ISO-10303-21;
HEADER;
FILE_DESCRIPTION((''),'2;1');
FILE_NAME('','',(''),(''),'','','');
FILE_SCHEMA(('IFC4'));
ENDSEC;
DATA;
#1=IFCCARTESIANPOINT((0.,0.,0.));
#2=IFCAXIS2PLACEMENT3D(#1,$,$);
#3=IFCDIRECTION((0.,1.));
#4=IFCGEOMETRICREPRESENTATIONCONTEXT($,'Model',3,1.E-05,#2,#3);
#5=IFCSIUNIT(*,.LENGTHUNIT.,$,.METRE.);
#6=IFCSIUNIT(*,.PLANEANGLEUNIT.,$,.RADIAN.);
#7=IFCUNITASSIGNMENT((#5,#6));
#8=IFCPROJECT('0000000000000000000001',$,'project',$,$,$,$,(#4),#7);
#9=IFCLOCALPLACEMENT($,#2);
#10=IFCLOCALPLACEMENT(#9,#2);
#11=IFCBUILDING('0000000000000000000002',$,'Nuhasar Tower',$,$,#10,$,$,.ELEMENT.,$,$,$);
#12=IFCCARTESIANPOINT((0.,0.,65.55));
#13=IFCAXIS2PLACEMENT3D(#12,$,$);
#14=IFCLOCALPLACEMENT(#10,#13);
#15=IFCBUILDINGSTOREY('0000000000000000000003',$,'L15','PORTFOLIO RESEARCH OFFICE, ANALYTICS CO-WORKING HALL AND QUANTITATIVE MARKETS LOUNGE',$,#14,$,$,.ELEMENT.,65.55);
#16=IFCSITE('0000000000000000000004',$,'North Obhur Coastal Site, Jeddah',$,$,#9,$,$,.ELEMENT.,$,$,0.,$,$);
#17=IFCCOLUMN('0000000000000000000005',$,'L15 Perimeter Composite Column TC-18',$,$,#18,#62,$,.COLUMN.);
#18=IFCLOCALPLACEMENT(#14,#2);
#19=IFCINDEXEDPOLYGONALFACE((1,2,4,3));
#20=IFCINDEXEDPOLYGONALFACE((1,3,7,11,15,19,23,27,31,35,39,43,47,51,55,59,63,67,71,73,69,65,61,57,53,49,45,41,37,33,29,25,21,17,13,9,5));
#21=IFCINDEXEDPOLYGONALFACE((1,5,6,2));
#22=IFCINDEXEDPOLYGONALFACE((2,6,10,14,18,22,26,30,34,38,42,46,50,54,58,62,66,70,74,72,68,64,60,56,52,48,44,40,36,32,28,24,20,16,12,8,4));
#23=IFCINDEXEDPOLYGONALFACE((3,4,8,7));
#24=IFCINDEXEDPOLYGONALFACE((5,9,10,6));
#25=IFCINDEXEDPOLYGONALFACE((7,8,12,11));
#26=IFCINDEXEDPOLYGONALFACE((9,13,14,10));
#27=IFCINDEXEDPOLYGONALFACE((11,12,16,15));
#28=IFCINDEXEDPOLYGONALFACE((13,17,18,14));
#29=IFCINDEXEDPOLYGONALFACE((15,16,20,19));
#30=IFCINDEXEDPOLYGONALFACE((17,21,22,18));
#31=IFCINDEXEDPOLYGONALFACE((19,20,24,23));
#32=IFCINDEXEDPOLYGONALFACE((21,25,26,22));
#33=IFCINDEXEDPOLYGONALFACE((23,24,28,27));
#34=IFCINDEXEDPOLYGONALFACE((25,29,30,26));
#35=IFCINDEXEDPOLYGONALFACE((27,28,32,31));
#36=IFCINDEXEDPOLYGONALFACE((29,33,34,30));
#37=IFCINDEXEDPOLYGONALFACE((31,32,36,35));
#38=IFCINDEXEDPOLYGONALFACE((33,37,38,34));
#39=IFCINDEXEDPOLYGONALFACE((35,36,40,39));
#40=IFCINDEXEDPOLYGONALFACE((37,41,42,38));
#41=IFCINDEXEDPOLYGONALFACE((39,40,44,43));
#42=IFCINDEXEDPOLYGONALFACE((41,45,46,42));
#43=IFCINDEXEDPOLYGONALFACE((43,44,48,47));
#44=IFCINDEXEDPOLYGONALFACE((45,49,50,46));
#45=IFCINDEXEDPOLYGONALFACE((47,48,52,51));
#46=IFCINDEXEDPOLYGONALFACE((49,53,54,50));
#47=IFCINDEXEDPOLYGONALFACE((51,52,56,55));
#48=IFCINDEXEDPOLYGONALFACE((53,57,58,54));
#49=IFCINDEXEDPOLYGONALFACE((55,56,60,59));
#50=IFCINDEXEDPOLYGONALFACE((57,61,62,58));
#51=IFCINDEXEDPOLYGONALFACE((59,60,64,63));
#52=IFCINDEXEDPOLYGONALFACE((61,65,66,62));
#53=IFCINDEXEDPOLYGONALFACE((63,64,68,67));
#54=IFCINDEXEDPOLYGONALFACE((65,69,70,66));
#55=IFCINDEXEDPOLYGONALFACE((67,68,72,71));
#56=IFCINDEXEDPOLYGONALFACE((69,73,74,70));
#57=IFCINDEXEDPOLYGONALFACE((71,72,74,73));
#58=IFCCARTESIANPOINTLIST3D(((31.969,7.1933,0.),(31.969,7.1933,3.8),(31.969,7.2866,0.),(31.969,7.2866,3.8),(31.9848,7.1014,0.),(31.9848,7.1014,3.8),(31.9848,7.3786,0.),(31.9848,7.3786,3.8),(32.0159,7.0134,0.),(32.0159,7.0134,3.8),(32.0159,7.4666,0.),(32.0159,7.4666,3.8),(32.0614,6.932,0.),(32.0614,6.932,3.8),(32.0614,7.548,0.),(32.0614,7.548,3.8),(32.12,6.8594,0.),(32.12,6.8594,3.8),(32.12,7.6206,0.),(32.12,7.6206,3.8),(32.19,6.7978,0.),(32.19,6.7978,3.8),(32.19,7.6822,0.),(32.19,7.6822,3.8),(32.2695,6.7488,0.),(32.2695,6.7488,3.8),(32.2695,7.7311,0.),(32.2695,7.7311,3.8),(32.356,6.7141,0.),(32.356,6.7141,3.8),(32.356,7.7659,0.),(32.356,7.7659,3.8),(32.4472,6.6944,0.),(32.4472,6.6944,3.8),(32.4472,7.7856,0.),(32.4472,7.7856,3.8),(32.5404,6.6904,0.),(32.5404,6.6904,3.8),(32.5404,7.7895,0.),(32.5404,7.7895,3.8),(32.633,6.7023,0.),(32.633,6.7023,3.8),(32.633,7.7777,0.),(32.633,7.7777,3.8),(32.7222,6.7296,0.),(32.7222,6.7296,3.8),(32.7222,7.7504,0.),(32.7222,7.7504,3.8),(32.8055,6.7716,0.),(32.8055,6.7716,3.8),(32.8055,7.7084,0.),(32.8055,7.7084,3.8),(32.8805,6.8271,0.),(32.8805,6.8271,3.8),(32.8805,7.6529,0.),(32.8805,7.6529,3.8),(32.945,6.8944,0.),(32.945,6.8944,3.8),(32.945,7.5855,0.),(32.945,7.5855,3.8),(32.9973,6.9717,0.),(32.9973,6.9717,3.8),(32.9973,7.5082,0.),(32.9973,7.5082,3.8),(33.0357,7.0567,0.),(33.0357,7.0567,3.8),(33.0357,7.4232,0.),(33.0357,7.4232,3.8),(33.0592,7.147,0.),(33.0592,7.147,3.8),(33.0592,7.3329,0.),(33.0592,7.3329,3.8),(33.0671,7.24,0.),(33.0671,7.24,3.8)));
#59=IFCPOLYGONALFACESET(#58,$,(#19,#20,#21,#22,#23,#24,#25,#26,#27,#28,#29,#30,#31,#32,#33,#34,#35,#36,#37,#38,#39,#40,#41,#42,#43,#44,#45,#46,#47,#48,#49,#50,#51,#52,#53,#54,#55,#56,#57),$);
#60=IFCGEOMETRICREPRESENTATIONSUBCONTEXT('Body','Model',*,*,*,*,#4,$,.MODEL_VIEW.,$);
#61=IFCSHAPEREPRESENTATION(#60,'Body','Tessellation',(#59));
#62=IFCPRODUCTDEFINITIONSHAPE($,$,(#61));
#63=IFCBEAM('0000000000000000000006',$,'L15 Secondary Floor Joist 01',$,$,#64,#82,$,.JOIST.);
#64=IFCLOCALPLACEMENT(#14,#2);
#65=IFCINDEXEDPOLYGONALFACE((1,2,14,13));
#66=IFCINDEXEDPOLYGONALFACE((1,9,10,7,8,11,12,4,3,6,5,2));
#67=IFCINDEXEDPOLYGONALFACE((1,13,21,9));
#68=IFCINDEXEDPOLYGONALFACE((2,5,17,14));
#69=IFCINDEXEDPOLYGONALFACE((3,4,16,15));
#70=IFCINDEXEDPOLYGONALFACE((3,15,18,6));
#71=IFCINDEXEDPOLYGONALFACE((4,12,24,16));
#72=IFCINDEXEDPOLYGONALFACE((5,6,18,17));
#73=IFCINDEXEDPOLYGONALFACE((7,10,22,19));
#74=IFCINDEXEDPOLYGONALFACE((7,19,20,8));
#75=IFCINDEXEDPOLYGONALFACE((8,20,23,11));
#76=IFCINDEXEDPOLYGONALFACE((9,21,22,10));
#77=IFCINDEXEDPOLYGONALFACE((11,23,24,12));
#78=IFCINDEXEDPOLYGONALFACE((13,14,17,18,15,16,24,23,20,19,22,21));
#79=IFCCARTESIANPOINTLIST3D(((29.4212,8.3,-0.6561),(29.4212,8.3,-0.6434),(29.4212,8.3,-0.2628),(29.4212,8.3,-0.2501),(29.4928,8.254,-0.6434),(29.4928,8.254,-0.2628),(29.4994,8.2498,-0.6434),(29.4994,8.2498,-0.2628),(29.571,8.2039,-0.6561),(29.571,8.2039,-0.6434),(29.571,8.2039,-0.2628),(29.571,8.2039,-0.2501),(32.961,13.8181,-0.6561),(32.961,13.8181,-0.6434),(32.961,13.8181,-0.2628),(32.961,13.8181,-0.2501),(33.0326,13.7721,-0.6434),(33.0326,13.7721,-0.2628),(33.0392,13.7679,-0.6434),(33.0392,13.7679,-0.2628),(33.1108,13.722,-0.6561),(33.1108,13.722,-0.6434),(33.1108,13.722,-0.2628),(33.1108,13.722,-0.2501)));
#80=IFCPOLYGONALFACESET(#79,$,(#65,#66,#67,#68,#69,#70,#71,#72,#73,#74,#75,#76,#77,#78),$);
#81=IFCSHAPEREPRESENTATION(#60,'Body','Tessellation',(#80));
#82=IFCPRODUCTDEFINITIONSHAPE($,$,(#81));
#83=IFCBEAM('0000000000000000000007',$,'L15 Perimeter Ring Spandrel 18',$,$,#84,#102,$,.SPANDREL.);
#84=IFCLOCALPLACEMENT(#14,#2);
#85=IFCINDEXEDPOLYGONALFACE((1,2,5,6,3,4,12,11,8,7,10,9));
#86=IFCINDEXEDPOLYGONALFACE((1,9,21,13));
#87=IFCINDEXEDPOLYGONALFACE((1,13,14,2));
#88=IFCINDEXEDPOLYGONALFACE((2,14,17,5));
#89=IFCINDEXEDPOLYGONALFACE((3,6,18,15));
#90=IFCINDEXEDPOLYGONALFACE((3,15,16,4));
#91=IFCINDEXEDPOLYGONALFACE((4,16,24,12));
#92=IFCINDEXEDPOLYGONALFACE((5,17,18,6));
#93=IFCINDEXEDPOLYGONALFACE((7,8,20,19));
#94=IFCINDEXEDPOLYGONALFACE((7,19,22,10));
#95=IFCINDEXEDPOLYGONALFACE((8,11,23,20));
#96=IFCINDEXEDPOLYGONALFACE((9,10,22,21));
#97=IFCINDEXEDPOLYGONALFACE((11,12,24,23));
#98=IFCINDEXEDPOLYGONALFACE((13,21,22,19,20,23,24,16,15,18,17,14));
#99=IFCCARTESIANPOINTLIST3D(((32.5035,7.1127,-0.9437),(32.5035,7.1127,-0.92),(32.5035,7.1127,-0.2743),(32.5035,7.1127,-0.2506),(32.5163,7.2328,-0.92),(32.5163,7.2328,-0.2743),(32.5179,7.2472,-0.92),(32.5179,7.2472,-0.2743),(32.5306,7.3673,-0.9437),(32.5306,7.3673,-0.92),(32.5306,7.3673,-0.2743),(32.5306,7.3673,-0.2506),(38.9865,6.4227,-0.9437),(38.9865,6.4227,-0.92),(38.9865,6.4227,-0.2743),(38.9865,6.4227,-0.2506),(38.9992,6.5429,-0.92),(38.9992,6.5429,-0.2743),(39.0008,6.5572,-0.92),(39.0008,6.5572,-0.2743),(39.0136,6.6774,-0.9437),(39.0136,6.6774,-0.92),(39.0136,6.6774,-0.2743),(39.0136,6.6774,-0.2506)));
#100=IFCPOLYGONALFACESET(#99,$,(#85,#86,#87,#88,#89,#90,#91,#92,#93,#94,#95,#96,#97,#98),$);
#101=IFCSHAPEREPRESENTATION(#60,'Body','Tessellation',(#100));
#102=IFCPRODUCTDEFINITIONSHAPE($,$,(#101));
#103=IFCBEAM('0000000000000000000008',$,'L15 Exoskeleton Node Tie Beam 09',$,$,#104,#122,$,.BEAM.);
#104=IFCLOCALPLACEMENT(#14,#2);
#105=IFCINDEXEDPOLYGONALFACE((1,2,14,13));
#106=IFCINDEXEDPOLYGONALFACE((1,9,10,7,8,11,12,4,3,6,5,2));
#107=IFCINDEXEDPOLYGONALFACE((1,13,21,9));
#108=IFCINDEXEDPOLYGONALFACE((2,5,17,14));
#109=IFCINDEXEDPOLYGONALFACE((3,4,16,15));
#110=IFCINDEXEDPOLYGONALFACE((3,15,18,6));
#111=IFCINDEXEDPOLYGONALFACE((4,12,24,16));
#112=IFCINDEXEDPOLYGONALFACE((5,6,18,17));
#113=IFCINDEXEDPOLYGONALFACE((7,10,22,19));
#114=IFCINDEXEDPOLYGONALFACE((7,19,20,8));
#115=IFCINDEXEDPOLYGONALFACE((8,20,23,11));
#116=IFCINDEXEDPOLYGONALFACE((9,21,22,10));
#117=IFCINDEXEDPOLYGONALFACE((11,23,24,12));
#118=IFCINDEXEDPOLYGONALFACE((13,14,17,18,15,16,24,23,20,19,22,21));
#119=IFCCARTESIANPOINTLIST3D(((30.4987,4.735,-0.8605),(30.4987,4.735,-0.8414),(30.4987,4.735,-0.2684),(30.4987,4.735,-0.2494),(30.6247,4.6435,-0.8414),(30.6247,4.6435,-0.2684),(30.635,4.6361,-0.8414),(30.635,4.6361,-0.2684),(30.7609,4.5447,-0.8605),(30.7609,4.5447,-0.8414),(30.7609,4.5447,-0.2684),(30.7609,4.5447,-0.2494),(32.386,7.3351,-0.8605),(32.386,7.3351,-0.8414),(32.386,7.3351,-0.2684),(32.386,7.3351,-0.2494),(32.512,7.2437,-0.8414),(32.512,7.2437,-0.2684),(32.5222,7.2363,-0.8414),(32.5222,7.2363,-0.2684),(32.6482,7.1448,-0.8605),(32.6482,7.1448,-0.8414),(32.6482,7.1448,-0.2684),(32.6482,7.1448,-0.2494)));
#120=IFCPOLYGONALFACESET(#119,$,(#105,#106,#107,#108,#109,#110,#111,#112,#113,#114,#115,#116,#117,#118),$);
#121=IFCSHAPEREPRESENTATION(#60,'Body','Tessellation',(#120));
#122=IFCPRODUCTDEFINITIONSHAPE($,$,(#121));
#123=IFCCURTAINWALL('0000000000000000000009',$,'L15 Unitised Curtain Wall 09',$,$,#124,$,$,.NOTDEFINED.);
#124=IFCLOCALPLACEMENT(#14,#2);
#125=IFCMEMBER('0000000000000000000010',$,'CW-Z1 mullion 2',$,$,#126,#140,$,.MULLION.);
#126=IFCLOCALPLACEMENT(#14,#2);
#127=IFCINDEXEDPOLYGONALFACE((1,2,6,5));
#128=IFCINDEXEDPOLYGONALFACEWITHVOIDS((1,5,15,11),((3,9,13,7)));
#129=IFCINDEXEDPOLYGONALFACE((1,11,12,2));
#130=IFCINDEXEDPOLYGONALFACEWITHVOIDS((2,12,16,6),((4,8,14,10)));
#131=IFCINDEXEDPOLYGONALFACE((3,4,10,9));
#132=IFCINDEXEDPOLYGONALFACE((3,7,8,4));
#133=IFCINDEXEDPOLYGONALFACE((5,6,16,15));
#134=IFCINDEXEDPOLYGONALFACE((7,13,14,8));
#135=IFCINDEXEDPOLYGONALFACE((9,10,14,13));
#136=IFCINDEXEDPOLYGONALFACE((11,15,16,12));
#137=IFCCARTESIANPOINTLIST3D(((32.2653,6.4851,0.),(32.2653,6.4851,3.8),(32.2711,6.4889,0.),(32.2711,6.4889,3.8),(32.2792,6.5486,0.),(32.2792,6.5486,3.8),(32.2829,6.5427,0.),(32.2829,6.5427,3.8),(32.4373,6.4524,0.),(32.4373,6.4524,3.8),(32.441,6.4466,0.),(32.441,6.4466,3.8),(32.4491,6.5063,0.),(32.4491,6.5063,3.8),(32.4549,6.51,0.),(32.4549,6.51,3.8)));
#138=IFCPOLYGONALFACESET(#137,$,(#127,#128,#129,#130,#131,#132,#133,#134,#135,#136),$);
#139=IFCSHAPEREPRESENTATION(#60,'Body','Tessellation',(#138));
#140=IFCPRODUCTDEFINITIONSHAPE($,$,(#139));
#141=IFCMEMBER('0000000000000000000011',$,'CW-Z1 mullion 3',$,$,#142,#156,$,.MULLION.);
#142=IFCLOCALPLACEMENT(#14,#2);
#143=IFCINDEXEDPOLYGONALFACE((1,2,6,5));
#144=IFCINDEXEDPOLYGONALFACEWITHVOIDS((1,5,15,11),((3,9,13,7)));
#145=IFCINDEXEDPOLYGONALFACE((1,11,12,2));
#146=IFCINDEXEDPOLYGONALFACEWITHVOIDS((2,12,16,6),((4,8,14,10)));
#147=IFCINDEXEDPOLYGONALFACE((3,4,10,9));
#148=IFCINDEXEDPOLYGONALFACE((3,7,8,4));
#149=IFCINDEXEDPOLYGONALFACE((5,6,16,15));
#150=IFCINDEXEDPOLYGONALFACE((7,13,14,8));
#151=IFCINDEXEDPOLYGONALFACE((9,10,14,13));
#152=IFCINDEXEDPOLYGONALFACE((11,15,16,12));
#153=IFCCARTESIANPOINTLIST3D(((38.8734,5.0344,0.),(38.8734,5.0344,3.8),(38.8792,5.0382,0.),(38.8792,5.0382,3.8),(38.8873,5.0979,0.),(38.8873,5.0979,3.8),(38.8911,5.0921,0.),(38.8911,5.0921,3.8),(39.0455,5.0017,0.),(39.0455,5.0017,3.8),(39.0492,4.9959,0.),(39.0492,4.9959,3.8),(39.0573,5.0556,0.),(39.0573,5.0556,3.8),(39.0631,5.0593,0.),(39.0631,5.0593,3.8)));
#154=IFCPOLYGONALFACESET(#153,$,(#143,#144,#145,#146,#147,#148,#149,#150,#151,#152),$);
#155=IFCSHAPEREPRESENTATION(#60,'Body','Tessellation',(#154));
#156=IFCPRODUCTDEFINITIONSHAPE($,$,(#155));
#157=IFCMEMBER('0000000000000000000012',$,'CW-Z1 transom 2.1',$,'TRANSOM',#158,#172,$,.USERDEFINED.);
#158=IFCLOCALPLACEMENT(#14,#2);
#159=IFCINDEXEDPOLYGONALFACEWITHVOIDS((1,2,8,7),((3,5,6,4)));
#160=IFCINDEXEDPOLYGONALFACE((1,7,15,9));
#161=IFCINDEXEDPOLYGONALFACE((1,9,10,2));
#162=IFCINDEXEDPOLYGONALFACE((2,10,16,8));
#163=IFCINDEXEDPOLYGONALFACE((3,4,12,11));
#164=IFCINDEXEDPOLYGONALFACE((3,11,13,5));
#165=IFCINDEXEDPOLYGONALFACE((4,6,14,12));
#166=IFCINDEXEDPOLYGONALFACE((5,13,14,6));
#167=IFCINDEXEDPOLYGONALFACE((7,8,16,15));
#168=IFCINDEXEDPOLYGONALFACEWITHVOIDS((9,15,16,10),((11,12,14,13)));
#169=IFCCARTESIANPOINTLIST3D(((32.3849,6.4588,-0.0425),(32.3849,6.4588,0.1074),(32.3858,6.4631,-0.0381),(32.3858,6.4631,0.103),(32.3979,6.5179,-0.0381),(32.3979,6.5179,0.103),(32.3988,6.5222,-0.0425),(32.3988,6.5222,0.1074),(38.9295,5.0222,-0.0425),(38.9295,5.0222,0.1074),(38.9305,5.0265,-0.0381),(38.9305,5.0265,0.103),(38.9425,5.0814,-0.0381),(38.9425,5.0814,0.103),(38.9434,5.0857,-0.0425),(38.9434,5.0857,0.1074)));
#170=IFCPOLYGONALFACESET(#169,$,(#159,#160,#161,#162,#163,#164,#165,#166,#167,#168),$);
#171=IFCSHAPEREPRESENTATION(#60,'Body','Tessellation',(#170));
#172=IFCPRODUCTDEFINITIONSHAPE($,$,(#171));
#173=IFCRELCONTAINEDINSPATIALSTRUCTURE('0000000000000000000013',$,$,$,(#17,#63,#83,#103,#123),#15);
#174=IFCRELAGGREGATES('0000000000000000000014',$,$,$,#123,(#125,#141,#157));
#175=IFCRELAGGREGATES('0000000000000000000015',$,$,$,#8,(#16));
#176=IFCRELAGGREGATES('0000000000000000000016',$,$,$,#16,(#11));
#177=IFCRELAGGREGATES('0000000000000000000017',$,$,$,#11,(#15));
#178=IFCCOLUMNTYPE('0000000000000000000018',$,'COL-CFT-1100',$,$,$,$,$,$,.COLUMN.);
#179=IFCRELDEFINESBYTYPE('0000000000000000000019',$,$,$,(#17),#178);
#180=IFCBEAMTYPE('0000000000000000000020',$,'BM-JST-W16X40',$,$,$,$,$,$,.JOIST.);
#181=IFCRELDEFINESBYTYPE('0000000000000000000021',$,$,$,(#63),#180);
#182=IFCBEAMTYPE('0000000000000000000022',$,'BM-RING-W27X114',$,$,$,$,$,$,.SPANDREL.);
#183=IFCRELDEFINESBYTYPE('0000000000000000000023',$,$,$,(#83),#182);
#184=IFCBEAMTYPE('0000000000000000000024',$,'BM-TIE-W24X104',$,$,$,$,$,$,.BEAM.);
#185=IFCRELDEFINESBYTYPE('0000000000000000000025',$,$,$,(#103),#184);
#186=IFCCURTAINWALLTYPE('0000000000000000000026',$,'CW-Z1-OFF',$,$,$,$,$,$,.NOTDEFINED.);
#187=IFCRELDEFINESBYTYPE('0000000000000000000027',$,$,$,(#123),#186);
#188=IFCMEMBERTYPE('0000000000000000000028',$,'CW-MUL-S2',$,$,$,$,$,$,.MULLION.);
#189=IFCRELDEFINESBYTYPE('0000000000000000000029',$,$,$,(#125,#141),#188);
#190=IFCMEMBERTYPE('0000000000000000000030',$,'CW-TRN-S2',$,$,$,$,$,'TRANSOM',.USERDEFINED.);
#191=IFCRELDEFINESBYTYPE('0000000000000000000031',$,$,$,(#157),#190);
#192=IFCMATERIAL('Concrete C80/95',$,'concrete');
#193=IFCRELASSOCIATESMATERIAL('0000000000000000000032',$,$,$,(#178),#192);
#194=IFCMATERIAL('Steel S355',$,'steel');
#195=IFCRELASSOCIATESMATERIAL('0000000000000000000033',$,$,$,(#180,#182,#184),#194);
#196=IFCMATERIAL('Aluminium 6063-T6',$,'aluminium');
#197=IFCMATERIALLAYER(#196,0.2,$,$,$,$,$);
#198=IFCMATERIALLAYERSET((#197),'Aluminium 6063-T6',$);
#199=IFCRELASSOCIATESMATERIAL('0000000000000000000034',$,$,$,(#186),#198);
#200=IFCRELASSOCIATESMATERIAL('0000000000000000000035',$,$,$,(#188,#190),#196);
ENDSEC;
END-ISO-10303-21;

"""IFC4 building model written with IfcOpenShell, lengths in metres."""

from ifc_helpers import new_model, si_unit, direction, frame, origin, origin_2d, place, context, subcontext, project, spatial, hollow_rectangle, circle, i_section, extrude, material, layer, layer_set, material_profile, profile_set, type_object, element, aggregate, save


model = new_model("IFC4")

# Units and contexts
model_context = context("Model", 3, precision=1e-05, world=origin(), true_north=direction((0.0, 1.0)))
body_context = subcontext(model_context, "Body", "Model", "MODEL_VIEW")
ifc_project = project(units=[si_unit("LENGTHUNIT", "METRE"), si_unit("PLANEANGLEUNIT", "RADIAN")], contexts=[model_context])

# Site, building, storey
site_placement = place(None, origin())
site = spatial("IfcSite", under=ifc_project, at=site_placement, Name="North Obhur Coastal Site, Jeddah", CompositionType="ELEMENT", RefElevation=0.0)
building_placement = place(site_placement, origin())
building = spatial("IfcBuilding", under=site, at=building_placement, Name="Nuhasar Tower", CompositionType="ELEMENT")
storey_placement = place(building_placement, frame((0.0, 0.0, 65.55)))
storey = spatial("IfcBuildingStorey", under=building, at=storey_placement, Name="L15", Description="PORTFOLIO RESEARCH OFFICE, ANALYTICS CO-WORKING HALL AND QUANTITATIVE MARKETS LOUNGE", CompositionType="ELEMENT", Elevation=65.55)

# Column
ifc_material_1 = material(Name="Concrete C80/95", Category="concrete")
ifc_material_profile_1 = material_profile(ifc_material_1, circle(Radius=0.55, at=origin_2d()), Name="CFT1100")
ifc_profile_set_1 = profile_set([ifc_material_profile_1], Name="Concrete C80/95")
column_type = type_object("IfcColumnType", Name="COL-CFT-1100", PredefinedType="COLUMN", material=ifc_profile_set_1)
column_placement = place(storey_placement, frame((32.5171, 7.24, 0.0), z_axis=(0.0, 0.0, 1.0), x_axis=(1.0, 0.0, 0.0)))
element("IfcColumn", 1, at=column_placement, inside=storey, type_object=column_type, Name="L15 Perimeter Composite Column TC-18", PredefinedType="COLUMN", context=body_context, shape_type="SweptSolid", body=[
    extrude(circle(Radius=0.55, at=origin_2d()), origin(), (0.0, 0.0, 1.0), 3.8),
])

# Beams
ifc_material_2 = material(Name="Steel S355", Category="steel")
ifc_material_profile_2 = material_profile(ifc_material_2, i_section(OverallWidth=0.178, OverallDepth=0.406, WebThickness=0.0078, FlangeThickness=0.0127, at=origin_2d()), Name="W16X40")
ifc_profile_set_2 = profile_set([ifc_material_profile_2], Name="Steel S355")
beam_type_1 = type_object("IfcBeamType", Name="BM-JST-W16X40", PredefinedType="JOIST", material=ifc_profile_set_2)
beam_1_placement = place(storey_placement, frame((33.0359, 13.77, -0.4531), z_axis=(-0.539944, -0.841701, 0.0), x_axis=(0.841701, -0.539944, 0.0)))
element("IfcBeam", 2, at=beam_1_placement, inside=storey, type_object=beam_type_1, Name="L15 Secondary Floor Joist 01", PredefinedType="JOIST", context=body_context, shape_type="SweptSolid", body=[
    extrude(i_section(OverallWidth=0.178, OverallDepth=0.406, WebThickness=0.0078, FlangeThickness=0.0127, at=origin_2d()), origin(), (0.0, 0.0, 1.0), 6.5559),
])
ifc_material_profile_3 = material_profile(ifc_material_2, i_section(OverallWidth=0.2561, OverallDepth=0.6931, WebThickness=0.0144, FlangeThickness=0.0237, at=origin_2d()), Name="W27X114")
ifc_profile_set_3 = profile_set([ifc_material_profile_3], Name="Steel S355")
beam_type_2 = type_object("IfcBeamType", Name="BM-RING-W27X114", PredefinedType="SPANDREL", material=ifc_profile_set_3)
beam_2_placement = place(storey_placement, frame((32.5171, 7.24, -0.5972), z_axis=(0.994385, -0.105827, 0.0), x_axis=(0.105827, 0.994385, 0.0)))
element("IfcBeam", 3, at=beam_2_placement, inside=storey, type_object=beam_type_2, Name="L15 Perimeter Ring Spandrel 18", PredefinedType="SPANDREL", context=body_context, shape_type="SweptSolid", body=[
    extrude(i_section(OverallWidth=0.2561, OverallDepth=0.6931, WebThickness=0.0144, FlangeThickness=0.0237, at=origin_2d()), origin(), (0.0, 0.0, 1.0), 6.5195),
])
ifc_material_profile_4 = material_profile(ifc_material_2, i_section(OverallWidth=0.324, OverallDepth=0.6111, WebThickness=0.0127, FlangeThickness=0.019, at=origin_2d()), Name="W24X104")
ifc_profile_set_4 = profile_set([ifc_material_profile_4], Name="Steel S355")
beam_type_3 = type_object("IfcBeamType", Name="BM-TIE-W24X104", PredefinedType="BEAM", material=ifc_profile_set_4)
beam_3_placement = place(storey_placement, frame((32.5171, 7.24, -0.5549), z_axis=(-0.587403, -0.809294, 0.0), x_axis=(0.809294, -0.587403, 0.0)))
element("IfcBeam", 4, at=beam_3_placement, inside=storey, type_object=beam_type_3, Name="L15 Exoskeleton Node Tie Beam 09", PredefinedType="BEAM", context=body_context, shape_type="SweptSolid", body=[
    extrude(i_section(OverallWidth=0.324, OverallDepth=0.6111, WebThickness=0.0127, FlangeThickness=0.019, at=origin_2d()), origin(), (0.0, 0.0, 1.0), 3.2129),
])

# Curtain wall, members
ifc_material_3 = material(Name="Aluminium 6063-T6", Category="aluminium")
ifc_layer_1 = layer(ifc_material_3, 0.2)
ifc_layer_set_1 = layer_set([ifc_layer_1], Name="Aluminium 6063-T6")
curtain_wall_type = type_object("IfcCurtainWallType", Name="CW-Z1-OFF", PredefinedType="NOTDEFINED", material=ifc_layer_set_1)
curtain_wall_placement = place(storey_placement, origin())
curtain_wall = element("IfcCurtainWall", 5, at=curtain_wall_placement, inside=storey, type_object=curtain_wall_type, Name="L15 Unitised Curtain Wall 09", PredefinedType="NOTDEFINED")
ifc_material_profile_5 = material_profile(ifc_material_3, hollow_rectangle(XDim=0.0649, YDim=0.1799, WallThickness=0.0049, at=origin_2d()), Name="CWM-2")
ifc_profile_set_5 = profile_set([ifc_material_profile_5], Name="Aluminium 6063-T6")
member_type_1 = type_object("IfcMemberType", Name="CW-MUL-S2", PredefinedType="MULLION", material=ifc_profile_set_5)
member_1_placement = place(storey_placement, frame((32.3601, 6.4976, 0.0), z_axis=(0.0, 0.0, 1.0), x_axis=(0.214399, 0.976746, 0.0)))
member_1 = element("IfcMember", 6, at=member_1_placement, type_object=member_type_1, Name="CW-Z1 mullion 2", PredefinedType="MULLION", context=body_context, shape_type="SweptSolid", body=[
    extrude(hollow_rectangle(XDim=0.0649, YDim=0.1799, WallThickness=0.0049, at=origin_2d()), origin(), (0.0, 0.0, 1.0), 3.8),
])
member_2_placement = place(storey_placement, frame((38.9683, 5.0469, 0.0), z_axis=(0.0, 0.0, 1.0), x_axis=(0.214399, 0.976746, 0.0)))
member_2 = element("IfcMember", 7, at=member_2_placement, type_object=member_type_1, Name="CW-Z1 mullion 3", PredefinedType="MULLION", context=body_context, shape_type="SweptSolid", body=[
    extrude(hollow_rectangle(XDim=0.0649, YDim=0.1799, WallThickness=0.0049, at=origin_2d()), origin(), (0.0, 0.0, 1.0), 3.8),
])
ifc_material_profile_6 = material_profile(ifc_material_3, hollow_rectangle(XDim=0.0649, YDim=0.1499, WallThickness=0.0044, at=origin_2d()), Name="CWT-2")
ifc_profile_set_6 = profile_set([ifc_material_profile_6], Name="Aluminium 6063-T6")
member_type_2 = type_object("IfcMemberType", Name="CW-TRN-S2", ElementType="TRANSOM", PredefinedType="USERDEFINED", material=ifc_profile_set_6)
member_3_placement = place(storey_placement, frame((32.3918, 6.4905, 0.0325), z_axis=(0.976748, -0.214391, 0.0), x_axis=(0.214391, 0.976748, 0.0)))
member_3 = element("IfcMember", 8, at=member_3_placement, type_object=member_type_2, Name="CW-Z1 transom 2.1", ObjectType="TRANSOM", PredefinedType="USERDEFINED", context=body_context, shape_type="SweptSolid", body=[
    extrude(hollow_rectangle(XDim=0.0649, YDim=0.1499, WallThickness=0.0044, at=origin_2d()), origin(), (0.0, 0.0, 1.0), 6.7004),
])

aggregate(curtain_wall, [member_1, member_2, member_3])

save(model, "model.ifc")
